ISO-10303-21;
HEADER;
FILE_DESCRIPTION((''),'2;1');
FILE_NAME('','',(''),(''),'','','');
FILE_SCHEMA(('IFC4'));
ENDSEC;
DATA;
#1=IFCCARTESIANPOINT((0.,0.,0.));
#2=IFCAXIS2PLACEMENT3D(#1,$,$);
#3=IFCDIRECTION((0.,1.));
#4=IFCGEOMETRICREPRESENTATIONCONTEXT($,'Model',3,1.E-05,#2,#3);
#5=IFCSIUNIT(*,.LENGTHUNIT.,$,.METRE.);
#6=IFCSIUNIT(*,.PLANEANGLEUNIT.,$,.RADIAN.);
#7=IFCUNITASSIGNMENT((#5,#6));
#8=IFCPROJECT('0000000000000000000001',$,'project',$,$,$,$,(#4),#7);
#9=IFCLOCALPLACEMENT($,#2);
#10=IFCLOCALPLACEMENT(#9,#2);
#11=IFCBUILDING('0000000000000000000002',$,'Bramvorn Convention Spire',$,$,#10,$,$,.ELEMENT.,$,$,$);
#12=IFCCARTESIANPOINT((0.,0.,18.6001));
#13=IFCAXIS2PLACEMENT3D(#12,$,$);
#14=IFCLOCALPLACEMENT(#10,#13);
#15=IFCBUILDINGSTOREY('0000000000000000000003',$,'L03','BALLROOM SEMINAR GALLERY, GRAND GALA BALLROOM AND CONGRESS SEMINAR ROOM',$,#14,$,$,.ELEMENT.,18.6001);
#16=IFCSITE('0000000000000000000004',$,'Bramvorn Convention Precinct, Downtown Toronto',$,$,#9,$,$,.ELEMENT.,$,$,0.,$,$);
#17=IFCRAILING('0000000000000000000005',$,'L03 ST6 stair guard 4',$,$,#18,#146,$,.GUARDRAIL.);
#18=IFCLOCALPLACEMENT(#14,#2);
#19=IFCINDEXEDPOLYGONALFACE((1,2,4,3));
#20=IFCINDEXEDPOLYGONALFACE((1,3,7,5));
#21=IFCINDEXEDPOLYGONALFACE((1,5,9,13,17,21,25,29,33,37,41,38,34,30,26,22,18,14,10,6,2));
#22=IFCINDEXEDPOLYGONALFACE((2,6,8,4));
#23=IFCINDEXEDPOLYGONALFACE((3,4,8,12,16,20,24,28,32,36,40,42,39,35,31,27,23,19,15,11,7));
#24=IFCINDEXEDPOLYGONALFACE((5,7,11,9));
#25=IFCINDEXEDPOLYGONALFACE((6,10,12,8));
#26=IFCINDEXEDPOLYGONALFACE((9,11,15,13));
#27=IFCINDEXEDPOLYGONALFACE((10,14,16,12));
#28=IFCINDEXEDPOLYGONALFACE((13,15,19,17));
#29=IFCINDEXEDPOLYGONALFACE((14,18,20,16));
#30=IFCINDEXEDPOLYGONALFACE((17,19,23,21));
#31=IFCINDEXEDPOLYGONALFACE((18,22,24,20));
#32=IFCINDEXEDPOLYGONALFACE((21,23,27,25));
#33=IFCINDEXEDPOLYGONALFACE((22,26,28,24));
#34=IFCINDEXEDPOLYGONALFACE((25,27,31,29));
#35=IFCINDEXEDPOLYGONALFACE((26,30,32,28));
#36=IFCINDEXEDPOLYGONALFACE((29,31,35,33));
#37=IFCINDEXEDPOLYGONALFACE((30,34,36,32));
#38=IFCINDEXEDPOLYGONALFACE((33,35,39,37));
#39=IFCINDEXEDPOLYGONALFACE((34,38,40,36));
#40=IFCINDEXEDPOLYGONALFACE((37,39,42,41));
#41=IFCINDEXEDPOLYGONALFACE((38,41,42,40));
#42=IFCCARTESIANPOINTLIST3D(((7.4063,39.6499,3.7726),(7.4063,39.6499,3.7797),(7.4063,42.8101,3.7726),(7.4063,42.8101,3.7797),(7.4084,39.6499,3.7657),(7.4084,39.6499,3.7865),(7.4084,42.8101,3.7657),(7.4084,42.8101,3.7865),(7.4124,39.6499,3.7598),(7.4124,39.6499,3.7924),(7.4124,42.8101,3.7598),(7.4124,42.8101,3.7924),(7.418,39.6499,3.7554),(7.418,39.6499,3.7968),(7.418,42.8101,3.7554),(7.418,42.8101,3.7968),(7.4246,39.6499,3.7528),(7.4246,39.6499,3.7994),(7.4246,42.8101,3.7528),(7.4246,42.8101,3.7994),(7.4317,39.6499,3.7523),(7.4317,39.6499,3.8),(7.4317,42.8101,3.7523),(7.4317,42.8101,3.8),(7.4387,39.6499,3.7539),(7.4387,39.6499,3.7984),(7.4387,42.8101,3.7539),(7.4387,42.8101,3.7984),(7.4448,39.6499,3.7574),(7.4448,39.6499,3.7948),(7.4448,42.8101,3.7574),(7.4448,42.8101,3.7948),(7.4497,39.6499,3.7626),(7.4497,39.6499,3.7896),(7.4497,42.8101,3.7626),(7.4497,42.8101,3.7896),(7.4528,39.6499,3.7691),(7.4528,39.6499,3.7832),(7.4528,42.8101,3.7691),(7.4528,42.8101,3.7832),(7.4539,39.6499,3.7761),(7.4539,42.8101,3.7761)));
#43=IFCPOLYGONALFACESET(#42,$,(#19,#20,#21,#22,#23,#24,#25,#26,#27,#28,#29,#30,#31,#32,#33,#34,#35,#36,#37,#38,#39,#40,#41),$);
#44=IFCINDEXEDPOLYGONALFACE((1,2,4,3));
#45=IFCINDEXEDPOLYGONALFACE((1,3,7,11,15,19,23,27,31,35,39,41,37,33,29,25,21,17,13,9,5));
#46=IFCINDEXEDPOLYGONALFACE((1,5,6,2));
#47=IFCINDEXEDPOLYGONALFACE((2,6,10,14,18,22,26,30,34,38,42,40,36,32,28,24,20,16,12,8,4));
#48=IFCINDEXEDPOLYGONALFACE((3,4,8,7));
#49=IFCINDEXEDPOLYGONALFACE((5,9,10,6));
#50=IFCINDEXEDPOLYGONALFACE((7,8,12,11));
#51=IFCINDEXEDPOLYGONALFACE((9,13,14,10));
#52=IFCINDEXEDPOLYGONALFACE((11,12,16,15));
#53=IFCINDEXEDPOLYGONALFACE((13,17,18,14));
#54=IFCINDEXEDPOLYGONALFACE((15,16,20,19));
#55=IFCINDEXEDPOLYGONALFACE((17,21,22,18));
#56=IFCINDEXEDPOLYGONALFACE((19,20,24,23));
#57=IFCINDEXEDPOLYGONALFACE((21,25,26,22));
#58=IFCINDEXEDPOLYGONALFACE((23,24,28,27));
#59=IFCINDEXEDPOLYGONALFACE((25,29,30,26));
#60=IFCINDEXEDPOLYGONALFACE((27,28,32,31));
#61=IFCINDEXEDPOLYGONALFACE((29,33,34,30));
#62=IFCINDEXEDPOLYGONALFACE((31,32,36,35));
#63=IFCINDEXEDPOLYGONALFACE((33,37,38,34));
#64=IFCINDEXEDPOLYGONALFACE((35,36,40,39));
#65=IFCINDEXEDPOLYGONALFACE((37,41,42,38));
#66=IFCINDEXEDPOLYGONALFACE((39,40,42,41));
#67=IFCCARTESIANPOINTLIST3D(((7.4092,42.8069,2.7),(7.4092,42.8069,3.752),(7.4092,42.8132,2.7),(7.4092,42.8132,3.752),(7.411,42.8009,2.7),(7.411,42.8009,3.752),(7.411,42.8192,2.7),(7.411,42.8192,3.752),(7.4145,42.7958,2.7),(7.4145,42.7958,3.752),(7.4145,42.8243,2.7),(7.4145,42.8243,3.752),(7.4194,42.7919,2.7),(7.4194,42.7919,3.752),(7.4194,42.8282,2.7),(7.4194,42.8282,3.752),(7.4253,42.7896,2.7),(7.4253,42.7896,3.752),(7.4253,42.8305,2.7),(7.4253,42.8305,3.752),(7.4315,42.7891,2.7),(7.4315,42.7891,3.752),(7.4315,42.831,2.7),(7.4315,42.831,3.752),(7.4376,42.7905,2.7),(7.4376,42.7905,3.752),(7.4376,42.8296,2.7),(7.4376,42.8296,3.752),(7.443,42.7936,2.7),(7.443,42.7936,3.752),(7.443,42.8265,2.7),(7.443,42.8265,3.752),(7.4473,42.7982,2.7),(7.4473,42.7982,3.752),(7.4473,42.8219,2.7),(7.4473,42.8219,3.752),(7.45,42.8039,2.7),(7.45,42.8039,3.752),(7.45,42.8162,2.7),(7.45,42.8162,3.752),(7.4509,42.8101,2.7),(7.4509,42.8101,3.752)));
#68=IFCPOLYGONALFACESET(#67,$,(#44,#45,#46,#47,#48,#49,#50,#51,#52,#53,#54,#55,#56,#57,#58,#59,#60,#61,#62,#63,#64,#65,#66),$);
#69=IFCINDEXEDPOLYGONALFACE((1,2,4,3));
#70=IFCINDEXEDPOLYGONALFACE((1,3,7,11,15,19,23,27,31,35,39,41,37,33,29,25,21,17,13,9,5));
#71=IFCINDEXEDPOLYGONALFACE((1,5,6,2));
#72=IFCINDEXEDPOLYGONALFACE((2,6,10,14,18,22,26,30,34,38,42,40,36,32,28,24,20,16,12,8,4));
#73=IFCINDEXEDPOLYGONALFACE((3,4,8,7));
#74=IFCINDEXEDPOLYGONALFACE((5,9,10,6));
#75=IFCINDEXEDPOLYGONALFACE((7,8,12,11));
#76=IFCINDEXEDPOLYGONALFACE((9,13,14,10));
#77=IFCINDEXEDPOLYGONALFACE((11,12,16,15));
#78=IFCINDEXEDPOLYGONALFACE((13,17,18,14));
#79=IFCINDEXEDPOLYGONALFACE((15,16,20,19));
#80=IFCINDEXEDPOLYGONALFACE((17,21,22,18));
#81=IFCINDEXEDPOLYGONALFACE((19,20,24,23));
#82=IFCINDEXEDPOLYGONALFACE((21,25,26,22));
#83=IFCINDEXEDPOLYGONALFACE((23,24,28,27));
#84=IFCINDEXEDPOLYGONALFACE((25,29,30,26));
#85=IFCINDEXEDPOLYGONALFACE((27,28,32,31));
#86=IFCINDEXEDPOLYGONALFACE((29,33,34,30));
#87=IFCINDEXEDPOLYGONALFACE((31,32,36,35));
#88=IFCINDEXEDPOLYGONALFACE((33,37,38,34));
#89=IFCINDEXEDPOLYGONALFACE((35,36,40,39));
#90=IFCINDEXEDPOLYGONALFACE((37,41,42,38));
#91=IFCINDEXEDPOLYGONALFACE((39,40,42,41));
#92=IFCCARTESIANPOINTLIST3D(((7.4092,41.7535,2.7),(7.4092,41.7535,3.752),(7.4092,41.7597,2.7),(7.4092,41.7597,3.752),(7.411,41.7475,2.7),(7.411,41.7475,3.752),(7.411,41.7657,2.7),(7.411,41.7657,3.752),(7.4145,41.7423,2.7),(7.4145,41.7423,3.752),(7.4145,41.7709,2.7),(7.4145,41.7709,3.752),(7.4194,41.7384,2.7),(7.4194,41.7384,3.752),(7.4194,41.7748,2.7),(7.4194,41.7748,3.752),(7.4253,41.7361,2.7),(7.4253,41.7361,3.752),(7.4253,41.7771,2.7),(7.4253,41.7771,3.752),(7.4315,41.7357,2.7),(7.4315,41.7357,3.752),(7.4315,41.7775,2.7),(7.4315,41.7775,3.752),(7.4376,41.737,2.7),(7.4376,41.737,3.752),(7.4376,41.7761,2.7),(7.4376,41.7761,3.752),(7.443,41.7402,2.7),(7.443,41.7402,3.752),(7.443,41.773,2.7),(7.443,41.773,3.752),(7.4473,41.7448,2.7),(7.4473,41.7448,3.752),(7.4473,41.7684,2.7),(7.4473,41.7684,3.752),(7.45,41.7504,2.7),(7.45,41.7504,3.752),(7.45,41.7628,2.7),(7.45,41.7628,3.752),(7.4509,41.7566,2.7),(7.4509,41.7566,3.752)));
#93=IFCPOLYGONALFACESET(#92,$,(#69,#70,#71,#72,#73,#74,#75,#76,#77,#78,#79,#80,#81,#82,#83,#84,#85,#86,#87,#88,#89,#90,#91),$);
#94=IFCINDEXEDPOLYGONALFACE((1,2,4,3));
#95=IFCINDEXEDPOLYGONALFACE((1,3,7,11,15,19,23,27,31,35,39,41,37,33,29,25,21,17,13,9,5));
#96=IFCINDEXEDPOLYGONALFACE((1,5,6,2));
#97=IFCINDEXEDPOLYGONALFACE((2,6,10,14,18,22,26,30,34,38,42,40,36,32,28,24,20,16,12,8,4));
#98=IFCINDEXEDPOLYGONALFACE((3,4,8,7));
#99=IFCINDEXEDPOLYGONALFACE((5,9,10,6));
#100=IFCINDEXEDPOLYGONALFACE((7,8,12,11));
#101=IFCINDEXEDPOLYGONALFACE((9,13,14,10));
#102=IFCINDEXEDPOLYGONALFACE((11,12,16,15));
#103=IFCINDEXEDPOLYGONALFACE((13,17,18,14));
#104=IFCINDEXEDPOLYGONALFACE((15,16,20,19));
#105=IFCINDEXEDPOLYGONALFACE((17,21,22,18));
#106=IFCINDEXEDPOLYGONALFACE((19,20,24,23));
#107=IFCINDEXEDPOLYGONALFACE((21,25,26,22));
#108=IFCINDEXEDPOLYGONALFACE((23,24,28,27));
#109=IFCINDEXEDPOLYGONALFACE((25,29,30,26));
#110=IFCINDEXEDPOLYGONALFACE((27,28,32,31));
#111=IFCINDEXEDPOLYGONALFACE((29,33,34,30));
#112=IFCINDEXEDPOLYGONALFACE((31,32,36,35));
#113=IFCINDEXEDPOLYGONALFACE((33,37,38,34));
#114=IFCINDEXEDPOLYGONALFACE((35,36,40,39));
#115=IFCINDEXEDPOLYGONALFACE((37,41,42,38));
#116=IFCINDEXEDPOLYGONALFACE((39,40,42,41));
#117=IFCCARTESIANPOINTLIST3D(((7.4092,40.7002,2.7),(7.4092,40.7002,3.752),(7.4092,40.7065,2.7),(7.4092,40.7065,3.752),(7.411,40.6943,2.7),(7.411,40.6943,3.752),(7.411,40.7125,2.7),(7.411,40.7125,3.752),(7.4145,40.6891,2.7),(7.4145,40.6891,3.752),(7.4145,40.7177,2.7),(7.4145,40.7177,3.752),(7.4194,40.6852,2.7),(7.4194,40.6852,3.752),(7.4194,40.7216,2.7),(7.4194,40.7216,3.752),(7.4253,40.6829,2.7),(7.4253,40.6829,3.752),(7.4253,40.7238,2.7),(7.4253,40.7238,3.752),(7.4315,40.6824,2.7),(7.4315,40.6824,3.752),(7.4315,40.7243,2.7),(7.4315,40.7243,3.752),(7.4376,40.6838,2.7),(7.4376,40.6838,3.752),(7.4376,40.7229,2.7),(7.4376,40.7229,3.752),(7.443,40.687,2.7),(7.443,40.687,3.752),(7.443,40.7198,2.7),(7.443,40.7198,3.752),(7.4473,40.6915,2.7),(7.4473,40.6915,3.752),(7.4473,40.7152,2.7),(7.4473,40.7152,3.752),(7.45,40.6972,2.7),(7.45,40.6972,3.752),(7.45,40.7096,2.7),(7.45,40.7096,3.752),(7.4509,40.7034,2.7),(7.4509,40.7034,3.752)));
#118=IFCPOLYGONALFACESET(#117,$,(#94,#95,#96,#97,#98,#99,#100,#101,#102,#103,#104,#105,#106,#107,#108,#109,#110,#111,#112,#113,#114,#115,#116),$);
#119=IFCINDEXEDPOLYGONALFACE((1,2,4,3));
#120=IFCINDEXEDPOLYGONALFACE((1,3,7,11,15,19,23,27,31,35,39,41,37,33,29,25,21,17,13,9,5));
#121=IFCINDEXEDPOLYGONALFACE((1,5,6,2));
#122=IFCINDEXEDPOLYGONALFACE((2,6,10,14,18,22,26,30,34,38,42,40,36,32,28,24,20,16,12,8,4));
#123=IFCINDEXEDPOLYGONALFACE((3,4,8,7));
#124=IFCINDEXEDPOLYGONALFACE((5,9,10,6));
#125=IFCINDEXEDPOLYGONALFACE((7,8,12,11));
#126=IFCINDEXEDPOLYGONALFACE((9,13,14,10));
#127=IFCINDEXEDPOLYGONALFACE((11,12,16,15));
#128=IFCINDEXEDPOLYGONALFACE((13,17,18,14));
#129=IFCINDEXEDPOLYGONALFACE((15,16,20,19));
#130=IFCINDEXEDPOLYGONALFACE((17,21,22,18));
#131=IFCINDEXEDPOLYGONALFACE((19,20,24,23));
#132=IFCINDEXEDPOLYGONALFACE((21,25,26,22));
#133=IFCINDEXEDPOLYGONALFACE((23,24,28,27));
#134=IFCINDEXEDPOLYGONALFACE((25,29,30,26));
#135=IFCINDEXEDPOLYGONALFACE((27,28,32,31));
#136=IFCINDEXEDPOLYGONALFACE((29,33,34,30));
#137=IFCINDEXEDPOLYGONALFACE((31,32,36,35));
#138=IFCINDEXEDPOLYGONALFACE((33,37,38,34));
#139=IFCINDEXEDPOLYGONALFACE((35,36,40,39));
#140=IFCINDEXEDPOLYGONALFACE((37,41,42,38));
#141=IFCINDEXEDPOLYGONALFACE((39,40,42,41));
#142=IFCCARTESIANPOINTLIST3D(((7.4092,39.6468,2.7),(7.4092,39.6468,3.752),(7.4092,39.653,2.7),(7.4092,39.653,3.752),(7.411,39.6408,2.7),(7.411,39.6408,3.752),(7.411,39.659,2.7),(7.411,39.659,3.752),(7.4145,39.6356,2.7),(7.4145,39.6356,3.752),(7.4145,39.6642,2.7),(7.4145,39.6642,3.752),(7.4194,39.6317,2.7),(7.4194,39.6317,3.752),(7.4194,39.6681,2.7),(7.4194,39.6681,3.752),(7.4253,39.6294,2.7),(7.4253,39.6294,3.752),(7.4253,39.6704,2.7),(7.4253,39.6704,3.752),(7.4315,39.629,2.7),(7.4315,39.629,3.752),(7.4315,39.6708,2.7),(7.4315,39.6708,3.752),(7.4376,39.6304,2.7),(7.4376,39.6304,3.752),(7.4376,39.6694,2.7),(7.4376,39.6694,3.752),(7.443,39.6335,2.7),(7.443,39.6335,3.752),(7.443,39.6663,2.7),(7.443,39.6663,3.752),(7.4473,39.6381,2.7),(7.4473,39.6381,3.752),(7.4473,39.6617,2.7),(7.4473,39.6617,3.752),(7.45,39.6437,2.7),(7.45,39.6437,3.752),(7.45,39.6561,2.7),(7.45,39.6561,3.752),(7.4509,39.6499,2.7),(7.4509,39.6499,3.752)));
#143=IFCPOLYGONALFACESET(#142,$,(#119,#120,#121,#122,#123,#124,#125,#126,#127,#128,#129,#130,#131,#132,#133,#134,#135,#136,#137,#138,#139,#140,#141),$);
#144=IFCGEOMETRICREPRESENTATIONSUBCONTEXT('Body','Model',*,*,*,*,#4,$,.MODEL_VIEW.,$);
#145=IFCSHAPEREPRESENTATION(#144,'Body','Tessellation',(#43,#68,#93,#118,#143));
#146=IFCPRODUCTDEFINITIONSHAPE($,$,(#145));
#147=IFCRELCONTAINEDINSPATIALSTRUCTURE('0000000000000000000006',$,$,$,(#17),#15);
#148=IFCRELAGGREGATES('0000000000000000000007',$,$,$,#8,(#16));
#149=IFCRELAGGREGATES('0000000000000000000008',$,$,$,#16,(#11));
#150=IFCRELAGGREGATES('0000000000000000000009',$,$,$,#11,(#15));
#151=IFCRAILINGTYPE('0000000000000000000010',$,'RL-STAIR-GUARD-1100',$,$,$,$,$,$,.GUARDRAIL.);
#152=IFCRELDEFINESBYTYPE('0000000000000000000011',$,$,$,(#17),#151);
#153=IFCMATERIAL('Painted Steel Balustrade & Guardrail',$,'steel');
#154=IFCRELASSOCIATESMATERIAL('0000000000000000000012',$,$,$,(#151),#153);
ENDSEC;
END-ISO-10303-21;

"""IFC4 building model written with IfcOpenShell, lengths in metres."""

from ifc_helpers import new_model, si_unit, direction, frame, origin, origin_2d, place, context, subcontext, project, spatial, circle, extrude, material, type_object, element, save


model = new_model("IFC4")

# Units and contexts
model_context = context("Model", 3, precision=1e-05, world=origin(), true_north=direction((0.0, 1.0)))
body_context = subcontext(model_context, "Body", "Model", "MODEL_VIEW")
ifc_project = project(units=[si_unit("LENGTHUNIT", "METRE"), si_unit("PLANEANGLEUNIT", "RADIAN")], contexts=[model_context])

# Site, building, storey
site_placement = place(None, origin())
site = spatial("IfcSite", under=ifc_project, at=site_placement, Name="Bramvorn Convention Precinct, Downtown Toronto", CompositionType="ELEMENT", RefElevation=0.0)
building_placement = place(site_placement, origin())
building = spatial("IfcBuilding", under=site, at=building_placement, Name="Bramvorn Convention Spire", CompositionType="ELEMENT")
storey_placement = place(building_placement, frame((0.0, 0.0, 18.6001)))
storey = spatial("IfcBuildingStorey", under=building, at=storey_placement, Name="L03", Description="BALLROOM SEMINAR GALLERY, GRAND GALA BALLROOM AND CONGRESS SEMINAR ROOM", CompositionType="ELEMENT", Elevation=18.6001)

# Railing
ifc_material_1 = material(Name="Painted Steel Balustrade & Guardrail", Category="steel")
railing_type = type_object("IfcRailingType", Name="RL-STAIR-GUARD-1100", PredefinedType="GUARDRAIL", material=ifc_material_1)
for number, where, name in (
    (1, (7.4299, 42.8101, 2.7), "L03 ST6 stair guard 4"),
):
    element("IfcRailing", number, at=place(storey_placement, frame(where)), inside=storey, type_object=railing_type, Name=name, PredefinedType="GUARDRAIL", context=body_context, shape_type="SweptSolid", body=[
        extrude(circle(Radius=0.0239, at=origin_2d()), frame((0.0, 0.0, 1.0762), z_axis=(0.0, -1.0, 0.0), x_axis=(1.0, 0.0, 0.0)), (0.0, 0.0, 1.0), 3.1602),
        extrude(circle(Radius=0.021, at=origin_2d()), origin(), (0.0, 0.0, 1.0), 1.052),
        extrude(circle(Radius=0.021, at=origin_2d()), frame((0.0, -1.0535, 0.0)), (0.0, 0.0, 1.0), 1.052),
        extrude(circle(Radius=0.021, at=origin_2d()), frame((0.0, -2.1067, 0.0)), (0.0, 0.0, 1.0), 1.052),
        extrude(circle(Radius=0.021, at=origin_2d()), frame((0.0, -3.1602, 0.0)), (0.0, 0.0, 1.0), 1.052),
    ])

save(model, "model.ifc")
